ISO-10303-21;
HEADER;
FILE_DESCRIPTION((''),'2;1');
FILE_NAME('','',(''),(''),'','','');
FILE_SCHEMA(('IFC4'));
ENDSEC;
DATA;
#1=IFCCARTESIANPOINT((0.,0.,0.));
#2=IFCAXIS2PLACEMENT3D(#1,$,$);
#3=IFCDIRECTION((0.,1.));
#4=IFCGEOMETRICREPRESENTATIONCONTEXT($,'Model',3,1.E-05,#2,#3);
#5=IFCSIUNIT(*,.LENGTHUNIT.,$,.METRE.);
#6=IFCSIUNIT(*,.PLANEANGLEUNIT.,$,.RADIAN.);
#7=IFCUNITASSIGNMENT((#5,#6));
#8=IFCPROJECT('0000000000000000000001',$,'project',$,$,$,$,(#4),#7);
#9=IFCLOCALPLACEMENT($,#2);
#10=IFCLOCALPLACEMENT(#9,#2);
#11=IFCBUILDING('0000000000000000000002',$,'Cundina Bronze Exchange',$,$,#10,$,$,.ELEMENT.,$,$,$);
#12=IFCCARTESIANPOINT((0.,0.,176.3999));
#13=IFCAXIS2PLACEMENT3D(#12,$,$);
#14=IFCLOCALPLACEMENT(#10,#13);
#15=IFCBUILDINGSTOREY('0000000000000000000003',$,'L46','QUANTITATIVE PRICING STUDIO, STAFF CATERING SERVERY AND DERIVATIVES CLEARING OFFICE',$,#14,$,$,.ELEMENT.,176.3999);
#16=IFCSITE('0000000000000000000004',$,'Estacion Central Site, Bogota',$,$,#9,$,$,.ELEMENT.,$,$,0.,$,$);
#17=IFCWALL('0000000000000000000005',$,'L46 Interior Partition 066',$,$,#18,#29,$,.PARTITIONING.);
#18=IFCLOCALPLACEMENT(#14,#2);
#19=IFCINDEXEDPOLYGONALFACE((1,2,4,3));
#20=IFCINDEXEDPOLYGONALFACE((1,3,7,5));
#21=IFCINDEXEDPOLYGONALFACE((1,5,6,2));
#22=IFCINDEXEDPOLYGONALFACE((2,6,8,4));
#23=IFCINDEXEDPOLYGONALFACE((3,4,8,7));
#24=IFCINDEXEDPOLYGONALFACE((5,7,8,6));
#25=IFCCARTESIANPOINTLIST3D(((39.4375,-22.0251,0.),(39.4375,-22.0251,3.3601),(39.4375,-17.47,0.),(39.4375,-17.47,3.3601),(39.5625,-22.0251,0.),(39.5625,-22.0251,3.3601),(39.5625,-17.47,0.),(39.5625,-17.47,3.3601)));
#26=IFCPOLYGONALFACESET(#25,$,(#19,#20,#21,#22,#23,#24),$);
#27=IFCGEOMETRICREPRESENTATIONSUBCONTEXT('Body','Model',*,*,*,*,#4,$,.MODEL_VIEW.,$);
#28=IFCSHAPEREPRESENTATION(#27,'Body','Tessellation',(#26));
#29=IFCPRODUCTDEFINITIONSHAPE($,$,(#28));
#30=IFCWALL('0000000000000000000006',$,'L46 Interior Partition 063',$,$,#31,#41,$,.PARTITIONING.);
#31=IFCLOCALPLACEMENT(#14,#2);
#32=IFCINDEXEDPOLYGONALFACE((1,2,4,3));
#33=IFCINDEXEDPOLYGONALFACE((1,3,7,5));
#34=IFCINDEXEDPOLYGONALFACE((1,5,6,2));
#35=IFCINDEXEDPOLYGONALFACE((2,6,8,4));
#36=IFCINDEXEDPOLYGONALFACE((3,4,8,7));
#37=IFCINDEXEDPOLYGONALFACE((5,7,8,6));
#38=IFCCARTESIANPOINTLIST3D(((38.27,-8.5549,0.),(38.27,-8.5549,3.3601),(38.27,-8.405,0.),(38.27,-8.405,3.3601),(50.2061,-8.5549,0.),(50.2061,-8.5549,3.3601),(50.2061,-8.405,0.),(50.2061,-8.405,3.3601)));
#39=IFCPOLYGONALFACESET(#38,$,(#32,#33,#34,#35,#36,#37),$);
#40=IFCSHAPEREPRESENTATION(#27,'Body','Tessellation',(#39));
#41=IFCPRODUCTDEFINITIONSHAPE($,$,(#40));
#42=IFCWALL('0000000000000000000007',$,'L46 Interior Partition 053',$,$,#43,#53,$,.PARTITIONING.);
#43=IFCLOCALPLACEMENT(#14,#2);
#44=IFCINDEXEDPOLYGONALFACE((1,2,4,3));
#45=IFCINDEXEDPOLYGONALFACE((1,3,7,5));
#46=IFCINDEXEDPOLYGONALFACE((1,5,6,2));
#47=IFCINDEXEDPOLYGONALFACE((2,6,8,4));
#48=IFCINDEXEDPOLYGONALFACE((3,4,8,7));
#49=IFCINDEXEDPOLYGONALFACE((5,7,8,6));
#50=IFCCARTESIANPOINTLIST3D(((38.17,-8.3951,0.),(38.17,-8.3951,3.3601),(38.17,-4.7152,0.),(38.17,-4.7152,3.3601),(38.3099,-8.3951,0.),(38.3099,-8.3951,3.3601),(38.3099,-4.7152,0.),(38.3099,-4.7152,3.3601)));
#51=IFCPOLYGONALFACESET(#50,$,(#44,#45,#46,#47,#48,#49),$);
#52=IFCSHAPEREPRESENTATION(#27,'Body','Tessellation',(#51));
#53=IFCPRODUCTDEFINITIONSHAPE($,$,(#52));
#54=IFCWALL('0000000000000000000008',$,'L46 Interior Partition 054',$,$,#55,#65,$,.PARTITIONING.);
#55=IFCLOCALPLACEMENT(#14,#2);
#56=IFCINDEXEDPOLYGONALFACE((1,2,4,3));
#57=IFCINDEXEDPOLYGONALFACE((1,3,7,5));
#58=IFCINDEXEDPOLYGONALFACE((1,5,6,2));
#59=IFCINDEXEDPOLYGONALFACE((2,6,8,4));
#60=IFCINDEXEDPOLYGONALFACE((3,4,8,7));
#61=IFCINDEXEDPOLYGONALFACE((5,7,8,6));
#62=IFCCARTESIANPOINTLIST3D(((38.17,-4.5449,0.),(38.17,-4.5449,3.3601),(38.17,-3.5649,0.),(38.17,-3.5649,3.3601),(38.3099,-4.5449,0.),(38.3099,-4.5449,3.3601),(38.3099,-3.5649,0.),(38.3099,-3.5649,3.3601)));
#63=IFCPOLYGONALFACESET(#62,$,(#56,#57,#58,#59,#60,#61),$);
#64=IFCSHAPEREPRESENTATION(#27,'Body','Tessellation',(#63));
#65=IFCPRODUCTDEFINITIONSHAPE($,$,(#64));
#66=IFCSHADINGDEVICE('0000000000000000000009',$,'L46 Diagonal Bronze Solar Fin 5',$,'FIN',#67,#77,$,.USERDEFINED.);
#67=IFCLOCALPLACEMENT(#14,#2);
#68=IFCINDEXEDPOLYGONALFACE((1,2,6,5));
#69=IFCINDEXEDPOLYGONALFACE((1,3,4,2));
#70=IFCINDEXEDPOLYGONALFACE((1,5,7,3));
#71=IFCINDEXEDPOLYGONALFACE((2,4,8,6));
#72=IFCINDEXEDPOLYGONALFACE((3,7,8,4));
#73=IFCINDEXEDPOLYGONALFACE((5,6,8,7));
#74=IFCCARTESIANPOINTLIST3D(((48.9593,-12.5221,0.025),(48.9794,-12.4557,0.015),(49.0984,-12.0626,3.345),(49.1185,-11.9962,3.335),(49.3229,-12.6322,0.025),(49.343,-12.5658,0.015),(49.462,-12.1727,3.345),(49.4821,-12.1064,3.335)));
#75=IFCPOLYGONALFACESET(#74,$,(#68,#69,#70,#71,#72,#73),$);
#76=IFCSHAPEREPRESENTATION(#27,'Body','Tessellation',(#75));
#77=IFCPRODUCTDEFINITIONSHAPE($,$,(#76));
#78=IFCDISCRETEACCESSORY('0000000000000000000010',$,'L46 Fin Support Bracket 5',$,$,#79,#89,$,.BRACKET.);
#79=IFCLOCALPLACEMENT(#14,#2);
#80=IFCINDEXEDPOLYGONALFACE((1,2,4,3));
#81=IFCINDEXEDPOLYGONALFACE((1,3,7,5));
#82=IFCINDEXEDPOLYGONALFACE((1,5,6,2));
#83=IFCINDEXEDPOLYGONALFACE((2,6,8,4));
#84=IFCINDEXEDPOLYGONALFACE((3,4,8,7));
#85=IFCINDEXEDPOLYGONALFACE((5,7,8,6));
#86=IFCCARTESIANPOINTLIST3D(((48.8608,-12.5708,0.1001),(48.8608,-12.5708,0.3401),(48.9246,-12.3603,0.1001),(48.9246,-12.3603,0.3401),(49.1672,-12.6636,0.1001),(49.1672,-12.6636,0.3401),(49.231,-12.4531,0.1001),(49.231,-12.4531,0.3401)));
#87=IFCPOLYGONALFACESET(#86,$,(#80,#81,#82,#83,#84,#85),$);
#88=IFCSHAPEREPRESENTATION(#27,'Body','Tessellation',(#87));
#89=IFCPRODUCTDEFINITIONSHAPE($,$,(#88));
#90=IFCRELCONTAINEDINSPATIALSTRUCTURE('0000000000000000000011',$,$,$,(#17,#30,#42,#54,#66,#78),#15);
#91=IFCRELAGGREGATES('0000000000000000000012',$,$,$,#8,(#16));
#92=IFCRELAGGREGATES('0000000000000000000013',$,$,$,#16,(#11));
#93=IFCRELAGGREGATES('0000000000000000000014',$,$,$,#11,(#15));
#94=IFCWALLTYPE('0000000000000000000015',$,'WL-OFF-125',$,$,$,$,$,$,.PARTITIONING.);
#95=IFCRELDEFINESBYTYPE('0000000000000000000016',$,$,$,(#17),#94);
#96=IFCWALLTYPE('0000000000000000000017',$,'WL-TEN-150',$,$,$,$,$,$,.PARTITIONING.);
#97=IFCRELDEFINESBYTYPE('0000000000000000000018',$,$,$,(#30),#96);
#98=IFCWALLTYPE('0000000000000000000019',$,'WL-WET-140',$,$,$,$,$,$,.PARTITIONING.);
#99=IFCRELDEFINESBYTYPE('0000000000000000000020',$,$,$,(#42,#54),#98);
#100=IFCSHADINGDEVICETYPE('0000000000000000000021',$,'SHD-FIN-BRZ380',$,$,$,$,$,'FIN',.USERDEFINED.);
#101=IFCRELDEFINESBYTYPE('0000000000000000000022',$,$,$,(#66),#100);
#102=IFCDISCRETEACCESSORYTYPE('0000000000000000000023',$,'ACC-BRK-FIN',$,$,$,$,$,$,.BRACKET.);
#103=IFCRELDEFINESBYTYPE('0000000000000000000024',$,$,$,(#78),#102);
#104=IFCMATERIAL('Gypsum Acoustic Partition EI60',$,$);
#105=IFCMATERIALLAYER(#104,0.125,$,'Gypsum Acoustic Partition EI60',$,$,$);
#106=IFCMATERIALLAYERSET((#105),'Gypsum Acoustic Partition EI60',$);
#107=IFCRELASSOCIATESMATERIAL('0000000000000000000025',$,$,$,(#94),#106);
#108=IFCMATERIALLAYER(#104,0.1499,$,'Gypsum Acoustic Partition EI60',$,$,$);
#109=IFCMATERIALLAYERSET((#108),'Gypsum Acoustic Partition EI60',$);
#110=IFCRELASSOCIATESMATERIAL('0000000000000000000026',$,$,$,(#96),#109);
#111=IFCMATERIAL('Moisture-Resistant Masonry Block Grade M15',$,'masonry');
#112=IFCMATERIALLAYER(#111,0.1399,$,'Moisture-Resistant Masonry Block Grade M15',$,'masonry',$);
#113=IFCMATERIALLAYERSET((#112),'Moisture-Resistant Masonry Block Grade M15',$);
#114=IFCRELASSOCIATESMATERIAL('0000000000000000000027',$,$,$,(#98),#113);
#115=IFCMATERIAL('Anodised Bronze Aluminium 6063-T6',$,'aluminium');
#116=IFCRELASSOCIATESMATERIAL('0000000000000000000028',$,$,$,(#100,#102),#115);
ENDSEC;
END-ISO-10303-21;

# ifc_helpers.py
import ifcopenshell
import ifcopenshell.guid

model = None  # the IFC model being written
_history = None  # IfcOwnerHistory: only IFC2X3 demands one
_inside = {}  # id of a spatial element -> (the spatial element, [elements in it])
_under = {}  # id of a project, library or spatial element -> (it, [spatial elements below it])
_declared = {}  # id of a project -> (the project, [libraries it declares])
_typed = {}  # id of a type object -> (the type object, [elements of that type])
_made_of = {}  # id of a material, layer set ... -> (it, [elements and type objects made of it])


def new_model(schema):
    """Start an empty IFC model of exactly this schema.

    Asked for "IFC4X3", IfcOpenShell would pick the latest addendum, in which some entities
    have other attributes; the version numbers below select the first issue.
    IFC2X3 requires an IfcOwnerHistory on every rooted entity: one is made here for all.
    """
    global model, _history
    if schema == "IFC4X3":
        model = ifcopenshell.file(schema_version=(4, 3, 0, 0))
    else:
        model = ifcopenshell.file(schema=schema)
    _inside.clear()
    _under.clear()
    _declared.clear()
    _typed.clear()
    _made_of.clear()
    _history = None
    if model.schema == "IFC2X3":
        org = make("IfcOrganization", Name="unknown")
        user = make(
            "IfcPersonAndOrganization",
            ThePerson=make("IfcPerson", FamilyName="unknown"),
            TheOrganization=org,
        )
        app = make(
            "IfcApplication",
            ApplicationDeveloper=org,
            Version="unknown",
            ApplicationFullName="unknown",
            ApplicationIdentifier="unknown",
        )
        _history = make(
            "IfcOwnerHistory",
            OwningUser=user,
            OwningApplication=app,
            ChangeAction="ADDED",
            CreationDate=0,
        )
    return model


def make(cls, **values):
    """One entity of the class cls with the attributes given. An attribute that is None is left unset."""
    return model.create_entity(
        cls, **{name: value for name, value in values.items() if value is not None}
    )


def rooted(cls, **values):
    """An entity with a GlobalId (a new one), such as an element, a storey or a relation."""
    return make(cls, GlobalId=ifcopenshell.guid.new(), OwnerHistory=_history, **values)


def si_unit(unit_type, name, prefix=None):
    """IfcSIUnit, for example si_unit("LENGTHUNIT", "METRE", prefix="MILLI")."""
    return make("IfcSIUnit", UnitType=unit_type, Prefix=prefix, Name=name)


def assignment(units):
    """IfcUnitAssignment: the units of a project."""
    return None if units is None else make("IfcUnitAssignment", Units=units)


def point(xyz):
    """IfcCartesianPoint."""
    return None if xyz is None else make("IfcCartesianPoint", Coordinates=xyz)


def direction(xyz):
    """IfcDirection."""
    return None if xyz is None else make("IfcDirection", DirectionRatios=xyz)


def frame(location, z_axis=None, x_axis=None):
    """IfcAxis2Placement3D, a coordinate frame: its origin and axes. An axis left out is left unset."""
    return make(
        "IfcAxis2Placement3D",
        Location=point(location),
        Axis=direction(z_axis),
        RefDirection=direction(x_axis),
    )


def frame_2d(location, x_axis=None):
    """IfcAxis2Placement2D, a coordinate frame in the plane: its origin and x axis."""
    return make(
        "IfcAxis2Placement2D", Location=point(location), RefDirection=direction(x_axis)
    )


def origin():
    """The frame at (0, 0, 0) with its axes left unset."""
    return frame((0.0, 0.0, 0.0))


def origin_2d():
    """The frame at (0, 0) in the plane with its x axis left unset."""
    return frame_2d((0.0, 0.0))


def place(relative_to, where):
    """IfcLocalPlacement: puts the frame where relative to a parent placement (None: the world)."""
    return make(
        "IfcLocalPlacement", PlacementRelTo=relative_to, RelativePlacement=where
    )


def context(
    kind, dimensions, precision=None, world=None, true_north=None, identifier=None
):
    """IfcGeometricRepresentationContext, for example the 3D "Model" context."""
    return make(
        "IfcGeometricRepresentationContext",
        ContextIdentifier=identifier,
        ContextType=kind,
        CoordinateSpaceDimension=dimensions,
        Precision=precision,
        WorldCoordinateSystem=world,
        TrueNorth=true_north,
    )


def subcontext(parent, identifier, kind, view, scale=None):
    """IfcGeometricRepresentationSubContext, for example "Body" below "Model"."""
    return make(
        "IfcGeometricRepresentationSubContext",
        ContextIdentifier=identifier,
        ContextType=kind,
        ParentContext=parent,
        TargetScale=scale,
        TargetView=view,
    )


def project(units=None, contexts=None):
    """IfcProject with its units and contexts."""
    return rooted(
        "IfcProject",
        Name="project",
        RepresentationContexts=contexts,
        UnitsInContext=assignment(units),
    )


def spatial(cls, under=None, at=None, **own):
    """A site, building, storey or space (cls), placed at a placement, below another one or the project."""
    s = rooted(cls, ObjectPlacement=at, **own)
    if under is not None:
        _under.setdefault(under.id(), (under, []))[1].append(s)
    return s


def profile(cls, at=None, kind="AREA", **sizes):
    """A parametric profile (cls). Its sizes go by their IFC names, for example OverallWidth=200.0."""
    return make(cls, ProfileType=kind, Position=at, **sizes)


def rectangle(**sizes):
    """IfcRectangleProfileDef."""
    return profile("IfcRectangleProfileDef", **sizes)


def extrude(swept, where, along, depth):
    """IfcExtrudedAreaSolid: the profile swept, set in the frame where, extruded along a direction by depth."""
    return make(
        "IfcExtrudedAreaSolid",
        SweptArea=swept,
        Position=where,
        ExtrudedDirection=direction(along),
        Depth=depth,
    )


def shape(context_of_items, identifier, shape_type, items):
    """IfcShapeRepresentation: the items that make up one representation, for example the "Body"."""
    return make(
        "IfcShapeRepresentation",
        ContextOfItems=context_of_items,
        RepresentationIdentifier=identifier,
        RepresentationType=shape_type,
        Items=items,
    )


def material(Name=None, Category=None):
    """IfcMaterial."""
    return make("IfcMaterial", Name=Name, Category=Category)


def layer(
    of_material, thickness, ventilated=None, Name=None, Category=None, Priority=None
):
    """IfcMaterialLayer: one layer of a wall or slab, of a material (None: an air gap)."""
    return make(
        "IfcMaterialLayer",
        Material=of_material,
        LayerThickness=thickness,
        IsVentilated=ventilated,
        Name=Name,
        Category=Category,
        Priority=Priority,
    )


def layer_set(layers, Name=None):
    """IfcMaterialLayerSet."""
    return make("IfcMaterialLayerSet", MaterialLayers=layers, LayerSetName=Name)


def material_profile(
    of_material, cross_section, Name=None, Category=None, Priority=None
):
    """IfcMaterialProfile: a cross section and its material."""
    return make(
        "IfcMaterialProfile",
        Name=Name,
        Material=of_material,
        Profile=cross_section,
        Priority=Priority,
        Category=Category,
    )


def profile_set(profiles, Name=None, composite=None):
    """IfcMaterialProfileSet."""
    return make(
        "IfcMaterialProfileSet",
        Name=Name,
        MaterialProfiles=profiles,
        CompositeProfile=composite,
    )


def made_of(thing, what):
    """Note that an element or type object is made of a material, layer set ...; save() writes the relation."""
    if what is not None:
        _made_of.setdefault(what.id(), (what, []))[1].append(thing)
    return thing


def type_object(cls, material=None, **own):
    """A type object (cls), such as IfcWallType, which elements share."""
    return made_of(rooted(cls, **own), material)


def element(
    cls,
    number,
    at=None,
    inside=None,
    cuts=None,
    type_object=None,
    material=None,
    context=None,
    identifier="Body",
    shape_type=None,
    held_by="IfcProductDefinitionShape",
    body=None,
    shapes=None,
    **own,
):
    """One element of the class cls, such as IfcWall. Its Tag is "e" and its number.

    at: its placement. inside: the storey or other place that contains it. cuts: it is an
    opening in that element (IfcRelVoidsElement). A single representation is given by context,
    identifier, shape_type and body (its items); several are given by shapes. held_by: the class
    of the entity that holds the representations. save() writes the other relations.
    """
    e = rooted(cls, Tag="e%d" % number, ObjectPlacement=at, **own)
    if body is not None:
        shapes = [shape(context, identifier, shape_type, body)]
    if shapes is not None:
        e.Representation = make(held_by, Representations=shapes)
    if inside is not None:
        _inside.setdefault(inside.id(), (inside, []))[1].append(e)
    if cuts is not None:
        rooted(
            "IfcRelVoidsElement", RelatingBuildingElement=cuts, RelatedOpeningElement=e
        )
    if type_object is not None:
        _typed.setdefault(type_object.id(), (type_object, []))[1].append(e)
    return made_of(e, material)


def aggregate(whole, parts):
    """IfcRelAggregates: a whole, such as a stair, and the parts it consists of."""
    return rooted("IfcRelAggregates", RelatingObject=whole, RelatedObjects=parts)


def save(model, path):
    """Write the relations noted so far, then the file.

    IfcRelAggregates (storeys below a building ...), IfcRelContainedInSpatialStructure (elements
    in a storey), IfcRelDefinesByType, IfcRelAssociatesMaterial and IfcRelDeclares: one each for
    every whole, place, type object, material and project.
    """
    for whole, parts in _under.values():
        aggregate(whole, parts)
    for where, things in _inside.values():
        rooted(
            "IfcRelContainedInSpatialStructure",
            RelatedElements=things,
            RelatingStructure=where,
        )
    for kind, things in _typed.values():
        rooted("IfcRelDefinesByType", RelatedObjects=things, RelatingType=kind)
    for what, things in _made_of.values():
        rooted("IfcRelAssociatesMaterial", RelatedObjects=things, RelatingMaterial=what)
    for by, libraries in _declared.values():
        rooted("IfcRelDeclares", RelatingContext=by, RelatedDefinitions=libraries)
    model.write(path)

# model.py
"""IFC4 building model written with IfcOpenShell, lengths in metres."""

from ifc_helpers import new_model, si_unit, direction, frame, frame_2d, origin, origin_2d, place, context, subcontext, project, spatial, rectangle, extrude, material, layer, layer_set, material_profile, profile_set, type_object, element, save


model = new_model("IFC4")

# Units and contexts
model_context = context("Model", 3, precision=1e-05, world=origin(), true_north=direction((0.0, 1.0)))
body_context = subcontext(model_context, "Body", "Model", "MODEL_VIEW")
ifc_project = project(units=[si_unit("LENGTHUNIT", "METRE"), si_unit("PLANEANGLEUNIT", "RADIAN")], contexts=[model_context])

# Site, building, storey
site_placement = place(None, origin())
site = spatial("IfcSite", under=ifc_project, at=site_placement, Name="Estacion Central Site, Bogota", CompositionType="ELEMENT", RefElevation=0.0)
building_placement = place(site_placement, origin())
building = spatial("IfcBuilding", under=site, at=building_placement, Name="Cundina Bronze Exchange", CompositionType="ELEMENT")
storey_placement = place(building_placement, frame((0.0, 0.0, 176.3999)))
storey = spatial("IfcBuildingStorey", under=building, at=storey_placement, Name="L46", Description="QUANTITATIVE PRICING STUDIO, STAFF CATERING SERVERY AND DERIVATIVES CLEARING OFFICE", CompositionType="ELEMENT", Elevation=176.3999)

# Shared definitions
ifc_material_1 = material(Name="Anodised Bronze Aluminium 6063-T6", Category="aluminium")

# Walls
ifc_material_2 = material(Name="Gypsum Acoustic Partition EI60")
ifc_layer_1 = layer(ifc_material_2, 0.125, Name="Gypsum Acoustic Partition EI60")
ifc_layer_set_1 = layer_set([ifc_layer_1], Name="Gypsum Acoustic Partition EI60")
wall_type_1 = type_object("IfcWallType", Name="WL-OFF-125", PredefinedType="PARTITIONING", material=ifc_layer_set_1)
wall_1_placement = place(storey_placement, frame((39.5, -22.0251, 0.0), z_axis=(0.0, 0.0, 1.0), x_axis=(0.0, 1.0, 0.0)))
element("IfcWall", 1, at=wall_1_placement, inside=storey, type_object=wall_type_1, Name="L46 Interior Partition 066", PredefinedType="PARTITIONING", context=body_context, shape_type="SweptSolid", body=[
    extrude(rectangle(XDim=4.5552, YDim=0.125, at=frame_2d((2.2776, 0.0))), origin(), (0.0, 0.0, 1.0), 3.3601),
])
ifc_layer_2 = layer(ifc_material_2, 0.1499, Name="Gypsum Acoustic Partition EI60")
ifc_layer_set_2 = layer_set([ifc_layer_2], Name="Gypsum Acoustic Partition EI60")
wall_type_2 = type_object("IfcWallType", Name="WL-TEN-150", PredefinedType="PARTITIONING", material=ifc_layer_set_2)
wall_2_placement = place(storey_placement, frame((38.27, -8.48, 0.0), z_axis=(0.0, 0.0, 1.0), x_axis=(1.0, 0.0, 0.0)))
element("IfcWall", 2, at=wall_2_placement, inside=storey, type_object=wall_type_2, Name="L46 Interior Partition 063", PredefinedType="PARTITIONING", context=body_context, shape_type="SweptSolid", body=[
    extrude(rectangle(XDim=11.936, YDim=0.1499, at=frame_2d((5.968, 0.0))), origin(), (0.0, 0.0, 1.0), 3.3601),
])
ifc_material_3 = material(Name="Moisture-Resistant Masonry Block Grade M15", Category="masonry")
ifc_layer_3 = layer(ifc_material_3, 0.1399, Name="Moisture-Resistant Masonry Block Grade M15", Category="masonry")
ifc_layer_set_3 = layer_set([ifc_layer_3], Name="Moisture-Resistant Masonry Block Grade M15")
wall_type_3 = type_object("IfcWallType", Name="WL-WET-140", PredefinedType="PARTITIONING", material=ifc_layer_set_3)
wall_3_placement = place(storey_placement, frame((38.24, -8.395, 0.0), z_axis=(0.0, 0.0, 1.0), x_axis=(0.0, 1.0, 0.0)))
element("IfcWall", 3, at=wall_3_placement, inside=storey, type_object=wall_type_3, Name="L46 Interior Partition 053", PredefinedType="PARTITIONING", context=body_context, shape_type="SweptSolid", body=[
    extrude(rectangle(XDim=3.6799, YDim=0.1399, at=frame_2d((1.8398, 0.0))), origin(), (0.0, 0.0, 1.0), 3.3601),
])
wall_4_placement = place(storey_placement, frame((38.24, -4.5449, 0.0), z_axis=(0.0, 0.0, 1.0), x_axis=(0.0, 1.0, 0.0)))
element("IfcWall", 4, at=wall_4_placement, inside=storey, type_object=wall_type_3, Name="L46 Interior Partition 054", PredefinedType="PARTITIONING", context=body_context, shape_type="SweptSolid", body=[
    extrude(rectangle(XDim=0.98, YDim=0.1399, at=frame_2d((0.49, 0.0))), origin(), (0.0, 0.0, 1.0), 3.3601),
])

# Shading device
ifc_material_profile_1 = material_profile(ifc_material_1, rectangle(XDim=0.0701, YDim=0.3799, at=origin_2d()), Name="FIN70X380", Category="aluminium")
ifc_profile_set_1 = profile_set([ifc_material_profile_1], Name="Anodised Bronze Aluminium 6063-T6")
shading_device_type = type_object("IfcShadingDeviceType", Name="SHD-FIN-BRZ380", ElementType="FIN", PredefinedType="USERDEFINED", material=ifc_profile_set_1)
shading_device_placement = place(storey_placement, frame((49.1511, -12.5439, 0.02), z_axis=(0.041483, 0.136968, 0.989706), x_axis=(-0.286883, -0.947216, 0.143112)))
element("IfcShadingDevice", 5, at=shading_device_placement, inside=storey, type_object=shading_device_type, Name="L46 Diagonal Bronze Solar Fin 5", ObjectType="FIN", PredefinedType="USERDEFINED", context=body_context, shape_type="SweptSolid", body=[
    extrude(rectangle(XDim=0.0701, YDim=0.3799, at=origin_2d()), origin(), (0.0, 0.0, 1.0), 3.3545),
])

# Discrete accessory
discrete_accessory_type = type_object("IfcDiscreteAccessoryType", Name="ACC-BRK-FIN", PredefinedType="BRACKET", material=ifc_material_1)
discrete_accessory_placement = place(storey_placement, frame((49.0459, -12.512, 0.1001), z_axis=(0.0, 0.0, 1.0), x_axis=(0.290051, 0.957011, 0.0)))
element("IfcDiscreteAccessory", 6, at=discrete_accessory_placement, inside=storey, type_object=discrete_accessory_type, Name="L46 Fin Support Bracket 5", PredefinedType="BRACKET", context=body_context, shape_type="SweptSolid", body=[
    extrude(rectangle(XDim=0.22, YDim=0.3201, at=origin_2d()), origin(), (0.0, 0.0, 1.0), 0.24),
])

save(model, "model.ifc")
